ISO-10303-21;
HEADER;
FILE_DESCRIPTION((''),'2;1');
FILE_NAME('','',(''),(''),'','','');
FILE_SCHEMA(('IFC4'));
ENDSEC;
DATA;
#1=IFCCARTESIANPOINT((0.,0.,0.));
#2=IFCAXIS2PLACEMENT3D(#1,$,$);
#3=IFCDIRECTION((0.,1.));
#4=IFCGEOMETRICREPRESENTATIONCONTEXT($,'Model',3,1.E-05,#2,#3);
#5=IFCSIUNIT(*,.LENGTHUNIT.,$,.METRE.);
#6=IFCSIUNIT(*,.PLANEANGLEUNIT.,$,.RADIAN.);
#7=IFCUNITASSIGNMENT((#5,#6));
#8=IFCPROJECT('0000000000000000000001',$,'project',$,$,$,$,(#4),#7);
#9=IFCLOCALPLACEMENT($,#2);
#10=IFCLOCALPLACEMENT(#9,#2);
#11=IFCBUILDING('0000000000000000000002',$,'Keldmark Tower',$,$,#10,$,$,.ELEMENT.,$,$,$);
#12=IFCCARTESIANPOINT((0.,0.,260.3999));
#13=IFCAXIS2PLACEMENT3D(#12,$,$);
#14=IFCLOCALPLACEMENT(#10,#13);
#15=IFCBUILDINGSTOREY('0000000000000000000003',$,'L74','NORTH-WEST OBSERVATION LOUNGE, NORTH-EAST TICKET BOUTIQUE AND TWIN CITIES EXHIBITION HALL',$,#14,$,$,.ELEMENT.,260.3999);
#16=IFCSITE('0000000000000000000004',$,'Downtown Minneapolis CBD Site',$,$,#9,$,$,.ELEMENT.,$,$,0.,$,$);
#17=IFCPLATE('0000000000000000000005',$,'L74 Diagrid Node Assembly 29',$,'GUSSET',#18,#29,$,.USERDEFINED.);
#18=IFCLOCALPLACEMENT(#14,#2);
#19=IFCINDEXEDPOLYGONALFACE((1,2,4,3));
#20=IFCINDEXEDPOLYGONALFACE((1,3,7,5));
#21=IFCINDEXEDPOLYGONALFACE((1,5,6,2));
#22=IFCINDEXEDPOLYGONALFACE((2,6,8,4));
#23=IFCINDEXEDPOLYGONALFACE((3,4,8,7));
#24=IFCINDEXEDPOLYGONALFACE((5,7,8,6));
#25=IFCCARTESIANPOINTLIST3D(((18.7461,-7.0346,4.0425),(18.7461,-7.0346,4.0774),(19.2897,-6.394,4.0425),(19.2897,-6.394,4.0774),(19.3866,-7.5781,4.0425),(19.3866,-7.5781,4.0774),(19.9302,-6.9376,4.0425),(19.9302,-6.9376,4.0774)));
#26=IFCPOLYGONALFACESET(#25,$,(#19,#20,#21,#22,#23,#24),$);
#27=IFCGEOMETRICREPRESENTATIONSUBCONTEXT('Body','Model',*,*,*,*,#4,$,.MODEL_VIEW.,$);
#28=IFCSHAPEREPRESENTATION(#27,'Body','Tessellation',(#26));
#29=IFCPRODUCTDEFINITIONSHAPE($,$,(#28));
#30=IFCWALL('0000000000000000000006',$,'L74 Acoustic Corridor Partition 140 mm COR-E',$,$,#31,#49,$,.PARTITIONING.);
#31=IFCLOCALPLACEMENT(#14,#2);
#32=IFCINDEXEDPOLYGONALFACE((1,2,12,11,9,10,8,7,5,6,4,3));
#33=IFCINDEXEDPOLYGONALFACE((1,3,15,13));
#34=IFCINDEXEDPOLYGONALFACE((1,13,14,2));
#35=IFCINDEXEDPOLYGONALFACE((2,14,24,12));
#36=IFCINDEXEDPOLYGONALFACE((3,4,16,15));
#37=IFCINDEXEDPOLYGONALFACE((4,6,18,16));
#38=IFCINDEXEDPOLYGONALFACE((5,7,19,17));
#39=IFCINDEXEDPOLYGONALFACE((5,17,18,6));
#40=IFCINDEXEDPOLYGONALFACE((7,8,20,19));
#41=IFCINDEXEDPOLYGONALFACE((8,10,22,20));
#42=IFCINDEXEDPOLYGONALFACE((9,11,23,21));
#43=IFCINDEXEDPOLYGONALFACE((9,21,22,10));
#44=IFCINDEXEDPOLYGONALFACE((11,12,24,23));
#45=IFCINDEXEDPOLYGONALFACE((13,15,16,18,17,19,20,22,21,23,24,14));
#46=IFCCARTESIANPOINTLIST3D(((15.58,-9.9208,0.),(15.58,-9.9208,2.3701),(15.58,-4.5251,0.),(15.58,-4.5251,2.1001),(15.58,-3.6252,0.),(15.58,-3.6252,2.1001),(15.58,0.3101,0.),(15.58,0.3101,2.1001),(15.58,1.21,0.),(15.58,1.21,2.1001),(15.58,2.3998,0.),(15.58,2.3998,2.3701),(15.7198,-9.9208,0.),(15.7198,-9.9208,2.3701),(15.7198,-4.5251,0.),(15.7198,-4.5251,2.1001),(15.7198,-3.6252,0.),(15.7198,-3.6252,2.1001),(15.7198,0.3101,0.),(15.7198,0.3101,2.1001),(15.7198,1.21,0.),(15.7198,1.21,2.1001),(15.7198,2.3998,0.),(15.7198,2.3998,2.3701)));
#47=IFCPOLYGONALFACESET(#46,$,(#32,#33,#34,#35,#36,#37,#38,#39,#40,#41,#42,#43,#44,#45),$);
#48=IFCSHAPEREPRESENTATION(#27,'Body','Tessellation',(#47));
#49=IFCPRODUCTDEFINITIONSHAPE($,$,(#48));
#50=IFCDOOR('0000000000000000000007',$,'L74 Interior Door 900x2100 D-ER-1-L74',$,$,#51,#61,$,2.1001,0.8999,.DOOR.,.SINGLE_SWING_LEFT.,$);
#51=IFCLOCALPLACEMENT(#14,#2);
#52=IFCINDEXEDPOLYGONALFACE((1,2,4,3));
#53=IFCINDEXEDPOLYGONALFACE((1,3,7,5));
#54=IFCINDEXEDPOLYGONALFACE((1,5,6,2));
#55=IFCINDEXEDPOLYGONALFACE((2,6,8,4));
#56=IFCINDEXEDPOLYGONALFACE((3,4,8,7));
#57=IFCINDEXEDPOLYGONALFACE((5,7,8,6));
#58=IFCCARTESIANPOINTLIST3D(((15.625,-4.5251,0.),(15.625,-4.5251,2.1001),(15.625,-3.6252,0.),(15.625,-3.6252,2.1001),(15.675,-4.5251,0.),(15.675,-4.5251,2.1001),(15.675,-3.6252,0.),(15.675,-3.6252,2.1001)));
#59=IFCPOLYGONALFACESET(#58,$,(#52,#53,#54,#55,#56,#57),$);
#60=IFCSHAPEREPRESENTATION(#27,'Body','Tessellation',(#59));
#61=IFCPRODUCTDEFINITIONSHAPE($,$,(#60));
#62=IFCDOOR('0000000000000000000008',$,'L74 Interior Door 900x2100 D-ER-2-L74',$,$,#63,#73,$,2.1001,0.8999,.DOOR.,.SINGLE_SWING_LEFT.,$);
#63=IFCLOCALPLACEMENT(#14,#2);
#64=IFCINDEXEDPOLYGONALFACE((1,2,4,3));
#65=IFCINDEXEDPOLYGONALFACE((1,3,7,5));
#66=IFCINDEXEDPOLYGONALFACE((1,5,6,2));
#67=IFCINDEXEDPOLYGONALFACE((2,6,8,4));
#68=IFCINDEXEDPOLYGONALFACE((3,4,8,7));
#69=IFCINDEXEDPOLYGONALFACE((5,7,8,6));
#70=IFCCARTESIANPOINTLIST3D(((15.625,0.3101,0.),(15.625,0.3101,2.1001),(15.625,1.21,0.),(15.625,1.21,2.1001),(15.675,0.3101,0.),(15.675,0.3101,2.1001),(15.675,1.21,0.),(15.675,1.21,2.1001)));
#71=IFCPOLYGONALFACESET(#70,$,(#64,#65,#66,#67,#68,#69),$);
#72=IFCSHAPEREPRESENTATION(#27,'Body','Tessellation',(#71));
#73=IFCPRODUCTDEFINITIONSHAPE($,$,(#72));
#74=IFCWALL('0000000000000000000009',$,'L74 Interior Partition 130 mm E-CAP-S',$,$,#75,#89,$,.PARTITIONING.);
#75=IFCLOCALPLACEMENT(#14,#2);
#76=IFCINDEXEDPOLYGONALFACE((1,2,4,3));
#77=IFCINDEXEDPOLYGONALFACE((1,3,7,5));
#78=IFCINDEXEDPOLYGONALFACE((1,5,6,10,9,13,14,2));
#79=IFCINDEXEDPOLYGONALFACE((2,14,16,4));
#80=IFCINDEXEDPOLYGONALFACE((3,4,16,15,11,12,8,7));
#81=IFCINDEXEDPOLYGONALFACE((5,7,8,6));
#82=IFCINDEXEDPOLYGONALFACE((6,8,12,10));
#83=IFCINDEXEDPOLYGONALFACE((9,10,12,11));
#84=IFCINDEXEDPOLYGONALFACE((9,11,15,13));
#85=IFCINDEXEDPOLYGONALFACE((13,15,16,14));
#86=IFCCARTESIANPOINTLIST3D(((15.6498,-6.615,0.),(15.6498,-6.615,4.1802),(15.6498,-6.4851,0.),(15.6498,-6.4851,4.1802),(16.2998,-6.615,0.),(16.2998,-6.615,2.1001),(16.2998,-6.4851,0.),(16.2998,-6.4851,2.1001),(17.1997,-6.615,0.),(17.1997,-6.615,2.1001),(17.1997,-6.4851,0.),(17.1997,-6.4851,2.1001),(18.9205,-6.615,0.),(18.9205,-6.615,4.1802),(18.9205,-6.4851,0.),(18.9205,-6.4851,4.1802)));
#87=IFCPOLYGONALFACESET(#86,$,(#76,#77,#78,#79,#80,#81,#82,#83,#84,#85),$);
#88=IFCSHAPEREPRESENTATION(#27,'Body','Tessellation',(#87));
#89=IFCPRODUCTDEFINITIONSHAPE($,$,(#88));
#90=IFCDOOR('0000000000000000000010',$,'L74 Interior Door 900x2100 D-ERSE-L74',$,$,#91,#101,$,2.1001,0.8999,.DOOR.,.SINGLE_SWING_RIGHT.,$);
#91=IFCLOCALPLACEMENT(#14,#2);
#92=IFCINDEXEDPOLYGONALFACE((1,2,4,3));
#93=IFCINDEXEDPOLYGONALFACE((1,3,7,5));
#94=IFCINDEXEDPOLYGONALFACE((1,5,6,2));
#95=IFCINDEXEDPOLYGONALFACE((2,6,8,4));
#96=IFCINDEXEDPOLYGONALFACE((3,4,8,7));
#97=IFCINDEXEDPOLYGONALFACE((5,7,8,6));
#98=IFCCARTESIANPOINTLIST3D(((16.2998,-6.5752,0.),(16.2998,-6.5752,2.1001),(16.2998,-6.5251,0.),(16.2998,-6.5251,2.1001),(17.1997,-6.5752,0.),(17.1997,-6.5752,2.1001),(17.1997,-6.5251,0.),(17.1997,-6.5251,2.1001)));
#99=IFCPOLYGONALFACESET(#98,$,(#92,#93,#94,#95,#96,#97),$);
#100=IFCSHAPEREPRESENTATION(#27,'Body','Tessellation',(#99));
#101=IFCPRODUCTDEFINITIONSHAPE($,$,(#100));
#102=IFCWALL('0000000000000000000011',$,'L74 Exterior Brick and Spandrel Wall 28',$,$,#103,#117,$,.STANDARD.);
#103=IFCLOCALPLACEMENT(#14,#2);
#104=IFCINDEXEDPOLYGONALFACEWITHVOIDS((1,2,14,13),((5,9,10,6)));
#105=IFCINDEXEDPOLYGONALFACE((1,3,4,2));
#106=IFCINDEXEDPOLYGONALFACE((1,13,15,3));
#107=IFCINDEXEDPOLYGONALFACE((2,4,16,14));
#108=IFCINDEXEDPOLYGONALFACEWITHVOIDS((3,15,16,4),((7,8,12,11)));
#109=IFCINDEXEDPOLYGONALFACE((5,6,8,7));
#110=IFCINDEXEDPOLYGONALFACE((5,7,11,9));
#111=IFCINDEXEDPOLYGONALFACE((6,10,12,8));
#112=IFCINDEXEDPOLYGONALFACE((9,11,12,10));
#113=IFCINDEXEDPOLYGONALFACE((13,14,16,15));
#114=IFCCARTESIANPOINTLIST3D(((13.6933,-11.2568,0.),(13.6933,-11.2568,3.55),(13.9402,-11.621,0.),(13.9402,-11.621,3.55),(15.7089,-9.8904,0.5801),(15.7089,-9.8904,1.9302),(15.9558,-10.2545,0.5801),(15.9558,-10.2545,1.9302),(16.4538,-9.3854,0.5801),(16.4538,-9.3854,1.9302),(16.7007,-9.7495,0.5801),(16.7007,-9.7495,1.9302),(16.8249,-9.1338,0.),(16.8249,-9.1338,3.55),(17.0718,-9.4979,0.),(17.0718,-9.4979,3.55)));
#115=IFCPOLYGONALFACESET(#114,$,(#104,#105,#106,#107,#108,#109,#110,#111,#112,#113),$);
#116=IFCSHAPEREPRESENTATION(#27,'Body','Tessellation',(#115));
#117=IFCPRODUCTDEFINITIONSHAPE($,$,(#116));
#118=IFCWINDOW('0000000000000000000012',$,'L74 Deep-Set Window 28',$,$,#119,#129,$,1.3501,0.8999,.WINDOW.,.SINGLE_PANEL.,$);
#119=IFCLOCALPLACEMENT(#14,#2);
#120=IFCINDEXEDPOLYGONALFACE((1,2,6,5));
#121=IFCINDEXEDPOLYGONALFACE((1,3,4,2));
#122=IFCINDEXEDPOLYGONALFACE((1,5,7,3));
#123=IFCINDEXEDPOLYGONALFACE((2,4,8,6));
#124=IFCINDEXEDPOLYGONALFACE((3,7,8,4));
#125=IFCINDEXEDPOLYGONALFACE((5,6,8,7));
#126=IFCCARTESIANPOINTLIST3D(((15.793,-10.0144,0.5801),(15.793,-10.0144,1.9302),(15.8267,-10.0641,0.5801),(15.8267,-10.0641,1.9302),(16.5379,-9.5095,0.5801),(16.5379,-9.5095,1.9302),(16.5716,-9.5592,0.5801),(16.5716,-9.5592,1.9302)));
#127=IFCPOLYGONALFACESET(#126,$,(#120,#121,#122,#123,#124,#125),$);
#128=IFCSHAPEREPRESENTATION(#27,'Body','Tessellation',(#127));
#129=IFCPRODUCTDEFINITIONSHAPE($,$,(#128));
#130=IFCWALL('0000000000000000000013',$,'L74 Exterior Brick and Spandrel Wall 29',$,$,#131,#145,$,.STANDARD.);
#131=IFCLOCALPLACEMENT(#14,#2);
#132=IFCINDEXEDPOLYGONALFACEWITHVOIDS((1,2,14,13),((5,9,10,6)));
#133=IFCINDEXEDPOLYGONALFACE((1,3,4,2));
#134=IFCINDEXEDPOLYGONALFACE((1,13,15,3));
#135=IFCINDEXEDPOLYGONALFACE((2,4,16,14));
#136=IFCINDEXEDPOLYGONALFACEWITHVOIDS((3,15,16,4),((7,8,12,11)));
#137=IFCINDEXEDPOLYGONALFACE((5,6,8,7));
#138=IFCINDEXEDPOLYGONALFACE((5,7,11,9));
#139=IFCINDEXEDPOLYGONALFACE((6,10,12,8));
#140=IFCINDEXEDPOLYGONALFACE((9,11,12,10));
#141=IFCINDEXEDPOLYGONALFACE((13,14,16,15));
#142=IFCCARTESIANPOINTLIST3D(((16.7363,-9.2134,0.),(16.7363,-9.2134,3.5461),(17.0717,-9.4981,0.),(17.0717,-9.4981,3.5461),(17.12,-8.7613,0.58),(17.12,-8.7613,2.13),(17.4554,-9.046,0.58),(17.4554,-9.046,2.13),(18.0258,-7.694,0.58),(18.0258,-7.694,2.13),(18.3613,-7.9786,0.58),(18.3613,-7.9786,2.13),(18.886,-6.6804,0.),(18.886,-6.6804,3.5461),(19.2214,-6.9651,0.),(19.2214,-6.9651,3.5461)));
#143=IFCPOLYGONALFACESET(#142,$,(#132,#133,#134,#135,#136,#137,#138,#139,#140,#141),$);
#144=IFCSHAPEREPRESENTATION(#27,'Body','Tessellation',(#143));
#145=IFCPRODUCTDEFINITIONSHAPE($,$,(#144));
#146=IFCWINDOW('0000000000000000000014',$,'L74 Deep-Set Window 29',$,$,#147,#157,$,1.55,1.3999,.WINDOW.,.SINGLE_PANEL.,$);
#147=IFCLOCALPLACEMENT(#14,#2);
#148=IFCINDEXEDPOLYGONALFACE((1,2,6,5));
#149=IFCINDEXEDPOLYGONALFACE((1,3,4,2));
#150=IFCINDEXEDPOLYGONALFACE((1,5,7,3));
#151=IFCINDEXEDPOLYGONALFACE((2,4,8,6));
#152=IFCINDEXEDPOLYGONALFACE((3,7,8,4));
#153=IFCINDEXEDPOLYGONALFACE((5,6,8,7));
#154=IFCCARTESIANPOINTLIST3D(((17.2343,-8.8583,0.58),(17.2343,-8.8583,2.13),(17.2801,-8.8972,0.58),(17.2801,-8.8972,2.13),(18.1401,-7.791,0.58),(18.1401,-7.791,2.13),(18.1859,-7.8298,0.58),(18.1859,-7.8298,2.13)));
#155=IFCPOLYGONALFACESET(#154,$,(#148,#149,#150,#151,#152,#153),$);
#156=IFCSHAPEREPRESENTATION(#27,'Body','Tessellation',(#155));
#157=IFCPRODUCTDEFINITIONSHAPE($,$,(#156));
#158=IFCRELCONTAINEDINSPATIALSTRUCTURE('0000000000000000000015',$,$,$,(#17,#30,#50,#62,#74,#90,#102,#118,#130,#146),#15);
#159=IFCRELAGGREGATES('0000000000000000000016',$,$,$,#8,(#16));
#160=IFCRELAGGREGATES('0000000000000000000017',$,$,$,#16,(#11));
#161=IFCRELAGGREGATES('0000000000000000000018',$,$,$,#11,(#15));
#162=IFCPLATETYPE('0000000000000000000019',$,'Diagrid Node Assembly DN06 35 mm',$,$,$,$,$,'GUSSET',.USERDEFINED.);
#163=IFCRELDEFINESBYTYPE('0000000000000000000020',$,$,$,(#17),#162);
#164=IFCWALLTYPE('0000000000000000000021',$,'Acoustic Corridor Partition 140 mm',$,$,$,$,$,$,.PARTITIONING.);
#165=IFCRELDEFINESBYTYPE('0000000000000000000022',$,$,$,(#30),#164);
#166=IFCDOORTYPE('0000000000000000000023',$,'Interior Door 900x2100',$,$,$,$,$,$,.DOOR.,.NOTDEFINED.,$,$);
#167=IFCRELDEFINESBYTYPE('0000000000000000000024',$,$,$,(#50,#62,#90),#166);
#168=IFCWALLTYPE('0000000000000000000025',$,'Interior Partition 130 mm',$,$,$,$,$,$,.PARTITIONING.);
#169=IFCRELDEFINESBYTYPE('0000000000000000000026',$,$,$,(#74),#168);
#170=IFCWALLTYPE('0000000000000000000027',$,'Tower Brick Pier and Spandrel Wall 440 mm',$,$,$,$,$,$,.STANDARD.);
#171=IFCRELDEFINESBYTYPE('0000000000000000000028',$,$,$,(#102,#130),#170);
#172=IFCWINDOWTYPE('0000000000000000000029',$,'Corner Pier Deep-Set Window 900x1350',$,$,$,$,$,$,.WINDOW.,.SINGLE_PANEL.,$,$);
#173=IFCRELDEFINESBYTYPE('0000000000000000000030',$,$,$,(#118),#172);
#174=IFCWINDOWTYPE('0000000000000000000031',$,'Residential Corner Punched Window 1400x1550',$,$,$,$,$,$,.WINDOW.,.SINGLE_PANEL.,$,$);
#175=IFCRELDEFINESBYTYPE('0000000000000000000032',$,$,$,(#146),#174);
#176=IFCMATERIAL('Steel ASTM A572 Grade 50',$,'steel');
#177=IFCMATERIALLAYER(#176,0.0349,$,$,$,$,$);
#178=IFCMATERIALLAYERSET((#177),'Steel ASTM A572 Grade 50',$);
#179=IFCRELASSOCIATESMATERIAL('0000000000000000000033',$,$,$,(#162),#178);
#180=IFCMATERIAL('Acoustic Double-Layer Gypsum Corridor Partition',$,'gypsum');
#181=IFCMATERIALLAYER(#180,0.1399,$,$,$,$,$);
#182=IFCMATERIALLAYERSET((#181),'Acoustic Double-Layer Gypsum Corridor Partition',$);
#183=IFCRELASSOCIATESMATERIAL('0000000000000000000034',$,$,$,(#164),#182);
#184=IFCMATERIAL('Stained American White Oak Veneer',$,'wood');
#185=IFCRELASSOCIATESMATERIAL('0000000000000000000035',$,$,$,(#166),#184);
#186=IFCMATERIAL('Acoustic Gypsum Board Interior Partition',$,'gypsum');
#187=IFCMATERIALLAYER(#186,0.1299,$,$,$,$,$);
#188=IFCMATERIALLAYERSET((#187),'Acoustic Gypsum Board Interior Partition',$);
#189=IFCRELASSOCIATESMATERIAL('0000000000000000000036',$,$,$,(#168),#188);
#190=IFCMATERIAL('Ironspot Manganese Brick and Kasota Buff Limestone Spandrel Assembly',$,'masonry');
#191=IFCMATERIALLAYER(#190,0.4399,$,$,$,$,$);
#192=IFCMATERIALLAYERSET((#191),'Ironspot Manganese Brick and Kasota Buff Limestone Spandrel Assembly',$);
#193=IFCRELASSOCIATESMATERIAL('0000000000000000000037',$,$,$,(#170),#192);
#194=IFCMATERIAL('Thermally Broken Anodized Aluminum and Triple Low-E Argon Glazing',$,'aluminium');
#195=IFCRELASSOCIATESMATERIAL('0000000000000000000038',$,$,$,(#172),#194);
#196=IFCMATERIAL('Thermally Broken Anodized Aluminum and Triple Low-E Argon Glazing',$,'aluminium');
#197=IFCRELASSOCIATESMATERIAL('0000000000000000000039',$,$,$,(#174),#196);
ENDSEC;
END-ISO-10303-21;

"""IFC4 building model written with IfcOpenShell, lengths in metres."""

from ifc_helpers import new_model, si_unit, direction, frame, frame_2d, origin, origin_2d, place, context, subcontext, project, spatial, rectangle, extrude, material, layer, layer_set, type_object, element, fill, save


model = new_model("IFC4")

# Units and contexts
model_context = context("Model", 3, precision=1e-05, world=origin(), true_north=direction((0.0, 1.0)))
body_context = subcontext(model_context, "Body", "Model", "MODEL_VIEW")
ifc_project = project(units=[si_unit("LENGTHUNIT", "METRE"), si_unit("PLANEANGLEUNIT", "RADIAN")], contexts=[model_context])

# Site, building, storey
site_placement = place(None, origin())
site = spatial("IfcSite", under=ifc_project, at=site_placement, Name="Downtown Minneapolis CBD Site", CompositionType="ELEMENT", RefElevation=0.0)
building_placement = place(site_placement, origin())
building = spatial("IfcBuilding", under=site, at=building_placement, Name="Keldmark Tower", CompositionType="ELEMENT")
storey_placement = place(building_placement, frame((0.0, 0.0, 260.3999)))
storey = spatial("IfcBuildingStorey", under=building, at=storey_placement, Name="L74", Description="NORTH-WEST OBSERVATION LOUNGE, NORTH-EAST TICKET BOUTIQUE AND TWIN CITIES EXHIBITION HALL", CompositionType="ELEMENT", Elevation=260.3999)

# Plate
ifc_material_1 = material(Name="Steel ASTM A572 Grade 50", Category="steel")
ifc_layer_1 = layer(ifc_material_1, 0.0349)
ifc_layer_set_1 = layer_set([ifc_layer_1], Name="Steel ASTM A572 Grade 50")
plate_type = type_object("IfcPlateType", Name="Diagrid Node Assembly DN06 35 mm", ElementType="GUSSET", PredefinedType="USERDEFINED", material=ifc_layer_set_1)
plate_placement = place(storey_placement, frame((19.3381, -6.9861, 4.0425), z_axis=(0.0, 0.0, 1.0), x_axis=(0.647056, 0.762443, 0.0)))
element("IfcPlate", 1, at=plate_placement, inside=storey, type_object=plate_type, Name="L74 Diagrid Node Assembly 29", ObjectType="GUSSET", PredefinedType="USERDEFINED", context=body_context, shape_type="SweptSolid", body=[
    extrude(rectangle(XDim=0.8401, YDim=0.8401, at=origin_2d()), origin(), (0.0, 0.0, 1.0), 0.0349),
])

# Wall, openings, doors
ifc_material_2 = material(Name="Acoustic Double-Layer Gypsum Corridor Partition", Category="gypsum")
ifc_layer_2 = layer(ifc_material_2, 0.1399)
ifc_layer_set_2 = layer_set([ifc_layer_2], Name="Acoustic Double-Layer Gypsum Corridor Partition")
wall_type_1 = type_object("IfcWallType", Name="Acoustic Corridor Partition 140 mm", PredefinedType="PARTITIONING", material=ifc_layer_set_2)
wall_1_placement = place(storey_placement, frame((15.6499, -9.9207, 0.0), z_axis=(0.0, 0.0, 1.0), x_axis=(0.0, 1.0, 0.0)))
wall_1 = element("IfcWall", 2, at=wall_1_placement, inside=storey, type_object=wall_type_1, Name="L74 Acoustic Corridor Partition 140 mm COR-E", PredefinedType="PARTITIONING", context=body_context, shape_type="SweptSolid", body=[
    extrude(rectangle(XDim=12.3206, YDim=0.1399, at=frame_2d((6.1602, 0.0))), origin(), (0.0, 0.0, 1.0), 2.3701),
])
opening_1_placement = place(wall_1_placement, frame((5.3955, 0.0, 0.0)))
opening_1 = element("IfcOpeningElement", 3, at=opening_1_placement, cuts=wall_1, PredefinedType="OPENING", context=body_context, shape_type="SweptSolid", body=[
    extrude(rectangle(XDim=0.8999, YDim=2.1001, at=frame_2d((0.45, 1.05))), frame((0.0, 0.0798, 0.0), z_axis=(0.0, -1.0, 0.0), x_axis=(1.0, 0.0, 0.0)), (0.0, 0.0, 1.0), 0.1599),
])
opening_2_placement = place(wall_1_placement, frame((10.2307, 0.0, 0.0)))
opening_2 = element("IfcOpeningElement", 4, at=opening_2_placement, cuts=wall_1, PredefinedType="OPENING", context=body_context, shape_type="SweptSolid", body=[
    extrude(rectangle(XDim=0.8999, YDim=2.1001, at=frame_2d((0.45, 1.05))), frame((0.0, 0.0798, 0.0), z_axis=(0.0, -1.0, 0.0), x_axis=(1.0, 0.0, 0.0)), (0.0, 0.0, 1.0), 0.1599),
])
ifc_material_3 = material(Name="Stained American White Oak Veneer", Category="wood")
door_type = type_object("IfcDoorType", Name="Interior Door 900x2100", OperationType="NOTDEFINED", PredefinedType="DOOR", material=ifc_material_3)
door_1_placement = place(opening_1_placement, origin())
door_1 = element("IfcDoor", 5, at=door_1_placement, inside=storey, type_object=door_type, Name="L74 Interior Door 900x2100 D-ER-1-L74", OperationType="SINGLE_SWING_LEFT", OverallHeight=2.1001, OverallWidth=0.8999, PredefinedType="DOOR", context=body_context, shape_type="SweptSolid", body=[
    extrude(rectangle(XDim=0.8999, YDim=2.1001, at=frame_2d((0.45, 1.05))), frame((0.0, 0.0249, 0.0), z_axis=(0.0, -1.0, 0.0), x_axis=(1.0, 0.0, 0.0)), (0.0, 0.0, 1.0), 0.05),
])
fill(opening_1, door_1)
door_2_placement = place(opening_2_placement, origin())
door_2 = element("IfcDoor", 6, at=door_2_placement, inside=storey, type_object=door_type, Name="L74 Interior Door 900x2100 D-ER-2-L74", OperationType="SINGLE_SWING_LEFT", OverallHeight=2.1001, OverallWidth=0.8999, PredefinedType="DOOR", context=body_context, shape_type="SweptSolid", body=[
    extrude(rectangle(XDim=0.8999, YDim=2.1001, at=frame_2d((0.45, 1.05))), frame((0.0, 0.0249, 0.0), z_axis=(0.0, -1.0, 0.0), x_axis=(1.0, 0.0, 0.0)), (0.0, 0.0, 1.0), 0.05),
])
fill(opening_2, door_2)

# Wall, opening, door
ifc_material_4 = material(Name="Acoustic Gypsum Board Interior Partition", Category="gypsum")
ifc_layer_3 = layer(ifc_material_4, 0.1299)
ifc_layer_set_3 = layer_set([ifc_layer_3], Name="Acoustic Gypsum Board Interior Partition")
wall_type_2 = type_object("IfcWallType", Name="Interior Partition 130 mm", PredefinedType="PARTITIONING", material=ifc_layer_set_3)
wall_2_placement = place(storey_placement, frame((15.6499, -6.55, 0.0), z_axis=(0.0, 0.0, 1.0), x_axis=(1.0, 0.0, 0.0)))
wall_2 = element("IfcWall", 7, at=wall_2_placement, inside=storey, type_object=wall_type_2, Name="L74 Interior Partition 130 mm E-CAP-S", PredefinedType="PARTITIONING", context=body_context, shape_type="SweptSolid", body=[
    extrude(rectangle(XDim=3.2708, YDim=0.1299, at=frame_2d((1.6353, 0.0))), origin(), (0.0, 0.0, 1.0), 4.1802),
])
opening_3_placement = place(wall_2_placement, frame((0.6499, 0.0, 0.0)))
opening_3 = element("IfcOpeningElement", 8, at=opening_3_placement, cuts=wall_2, PredefinedType="OPENING", context=body_context, shape_type="SweptSolid", body=[
    extrude(rectangle(XDim=0.8999, YDim=2.1001, at=frame_2d((0.45, 1.05))), frame((0.0, 0.075, 0.0), z_axis=(0.0, -1.0, 0.0), x_axis=(1.0, 0.0, 0.0)), (0.0, 0.0, 1.0), 0.1499),
])
door_3_placement = place(opening_3_placement, origin())
door_3 = element("IfcDoor", 9, at=door_3_placement, inside=storey, type_object=door_type, Name="L74 Interior Door 900x2100 D-ERSE-L74", OperationType="SINGLE_SWING_RIGHT", OverallHeight=2.1001, OverallWidth=0.8999, PredefinedType="DOOR", context=body_context, shape_type="SweptSolid", body=[
    extrude(rectangle(XDim=0.8999, YDim=2.1001, at=frame_2d((0.45, 1.05))), frame((0.0, 0.0249, 0.0), z_axis=(0.0, -1.0, 0.0), x_axis=(1.0, 0.0, 0.0)), (0.0, 0.0, 1.0), 0.05),
])
fill(opening_3, door_3)

# Walls, openings, windows
ifc_material_5 = material(Name="Ironspot Manganese Brick and Kasota Buff Limestone Spandrel Assembly", Category="masonry")
ifc_layer_4 = layer(ifc_material_5, 0.4399)
ifc_layer_set_4 = layer_set([ifc_layer_4], Name="Ironspot Manganese Brick and Kasota Buff Limestone Spandrel Assembly")
wall_type_3 = type_object("IfcWallType", Name="Tower Brick Pier and Spandrel Wall 440 mm", PredefinedType="STANDARD", material=ifc_layer_set_4)
wall_3_placement = place(storey_placement, frame((16.9482, -9.3159, 0.0), z_axis=(0.0, 0.0, 1.0), x_axis=(-0.827717, -0.561146, 0.0)))
wall_3 = element("IfcWall", 10, at=wall_3_placement, inside=storey, type_object=wall_type_3, Name="L74 Exterior Brick and Spandrel Wall 28", PredefinedType="STANDARD", context=body_context, shape_type="SweptSolid", body=[
    extrude(rectangle(XDim=3.7834, YDim=0.4399, at=frame_2d((1.8916, 0.0))), origin(), (0.0, 0.0, 1.0), 3.55),
])
opening_4_placement = place(wall_3_placement, frame((0.4482, 0.0, 0.5801)))
opening_4 = element("IfcOpeningElement", 11, at=opening_4_placement, cuts=wall_3, PredefinedType="OPENING", context=body_context, shape_type="SweptSolid", body=[
    extrude(rectangle(XDim=0.8999, YDim=1.3501, at=frame_2d((0.45, 0.675))), frame((0.0, 0.23, 0.0), z_axis=(0.0, -1.0, 0.0), x_axis=(1.0, 0.0, 0.0)), (0.0, 0.0, 1.0), 0.46),
])
ifc_material_6 = material(Name="Thermally Broken Anodized Aluminum and Triple Low-E Argon Glazing", Category="aluminium")
window_type_1 = type_object("IfcWindowType", Name="Corner Pier Deep-Set Window 900x1350", PartitioningType="SINGLE_PANEL", PredefinedType="WINDOW", material=ifc_material_6)
window_1_placement = place(opening_4_placement, origin())
window_1 = element("IfcWindow", 12, at=window_1_placement, inside=storey, type_object=window_type_1, Name="L74 Deep-Set Window 28", OverallHeight=1.3501, OverallWidth=0.8999, PartitioningType="SINGLE_PANEL", PredefinedType="WINDOW", context=body_context, shape_type="SweptSolid", body=[
    extrude(rectangle(XDim=0.8999, YDim=1.3501, at=frame_2d((0.45, 0.675))), frame((0.0, -0.01, 0.0), z_axis=(0.0, -1.0, 0.0), x_axis=(1.0, 0.0, 0.0)), (0.0, 0.0, 1.0), 0.0601),
])
fill(opening_4, window_1)
wall_4_placement = place(storey_placement, frame((19.0537, -6.8228, 0.0), z_axis=(0.0, 0.0, 1.0), x_axis=(-0.647062, -0.762438, 0.0)))
wall_4 = element("IfcWall", 13, at=wall_4_placement, inside=storey, type_object=wall_type_3, Name="L74 Exterior Brick and Spandrel Wall 29", PredefinedType="STANDARD", context=body_context, shape_type="SweptSolid", body=[
    extrude(rectangle(XDim=3.3223, YDim=0.4399, at=frame_2d((1.6611, 0.0))), origin(), (0.0, 0.0, 1.0), 3.5461),
])
opening_5_placement = place(wall_4_placement, frame((1.3293, 0.0, 0.5801)))
opening_5 = element("IfcOpeningElement", 14, at=opening_5_placement, cuts=wall_4, PredefinedType="OPENING", context=body_context, shape_type="SweptSolid", body=[
    extrude(rectangle(XDim=1.3999, YDim=1.55, at=frame_2d((0.7, 0.7749))), frame((0.0, 0.23, 0.0), z_axis=(0.0, -1.0, 0.0), x_axis=(1.0, 0.0, 0.0)), (0.0, 0.0, 1.0), 0.46),
])
ifc_material_7 = material(Name="Thermally Broken Anodized Aluminum and Triple Low-E Argon Glazing", Category="aluminium")
window_type_2 = type_object("IfcWindowType", Name="Residential Corner Punched Window 1400x1550", PartitioningType="SINGLE_PANEL", PredefinedType="WINDOW", material=ifc_material_7)
window_2_placement = place(opening_5_placement, origin())
window_2 = element("IfcWindow", 15, at=window_2_placement, inside=storey, type_object=window_type_2, Name="L74 Deep-Set Window 29", OverallHeight=1.55, OverallWidth=1.3999, PartitioningType="SINGLE_PANEL", PredefinedType="WINDOW", context=body_context, shape_type="SweptSolid", body=[
    extrude(rectangle(XDim=1.3999, YDim=1.55, at=frame_2d((0.7, 0.7749))), frame((0.0, -0.01, 0.0), z_axis=(0.0, -1.0, 0.0), x_axis=(1.0, 0.0, 0.0)), (0.0, 0.0, 1.0), 0.0601),
])
fill(opening_5, window_2)

save(model, "model.ifc")
